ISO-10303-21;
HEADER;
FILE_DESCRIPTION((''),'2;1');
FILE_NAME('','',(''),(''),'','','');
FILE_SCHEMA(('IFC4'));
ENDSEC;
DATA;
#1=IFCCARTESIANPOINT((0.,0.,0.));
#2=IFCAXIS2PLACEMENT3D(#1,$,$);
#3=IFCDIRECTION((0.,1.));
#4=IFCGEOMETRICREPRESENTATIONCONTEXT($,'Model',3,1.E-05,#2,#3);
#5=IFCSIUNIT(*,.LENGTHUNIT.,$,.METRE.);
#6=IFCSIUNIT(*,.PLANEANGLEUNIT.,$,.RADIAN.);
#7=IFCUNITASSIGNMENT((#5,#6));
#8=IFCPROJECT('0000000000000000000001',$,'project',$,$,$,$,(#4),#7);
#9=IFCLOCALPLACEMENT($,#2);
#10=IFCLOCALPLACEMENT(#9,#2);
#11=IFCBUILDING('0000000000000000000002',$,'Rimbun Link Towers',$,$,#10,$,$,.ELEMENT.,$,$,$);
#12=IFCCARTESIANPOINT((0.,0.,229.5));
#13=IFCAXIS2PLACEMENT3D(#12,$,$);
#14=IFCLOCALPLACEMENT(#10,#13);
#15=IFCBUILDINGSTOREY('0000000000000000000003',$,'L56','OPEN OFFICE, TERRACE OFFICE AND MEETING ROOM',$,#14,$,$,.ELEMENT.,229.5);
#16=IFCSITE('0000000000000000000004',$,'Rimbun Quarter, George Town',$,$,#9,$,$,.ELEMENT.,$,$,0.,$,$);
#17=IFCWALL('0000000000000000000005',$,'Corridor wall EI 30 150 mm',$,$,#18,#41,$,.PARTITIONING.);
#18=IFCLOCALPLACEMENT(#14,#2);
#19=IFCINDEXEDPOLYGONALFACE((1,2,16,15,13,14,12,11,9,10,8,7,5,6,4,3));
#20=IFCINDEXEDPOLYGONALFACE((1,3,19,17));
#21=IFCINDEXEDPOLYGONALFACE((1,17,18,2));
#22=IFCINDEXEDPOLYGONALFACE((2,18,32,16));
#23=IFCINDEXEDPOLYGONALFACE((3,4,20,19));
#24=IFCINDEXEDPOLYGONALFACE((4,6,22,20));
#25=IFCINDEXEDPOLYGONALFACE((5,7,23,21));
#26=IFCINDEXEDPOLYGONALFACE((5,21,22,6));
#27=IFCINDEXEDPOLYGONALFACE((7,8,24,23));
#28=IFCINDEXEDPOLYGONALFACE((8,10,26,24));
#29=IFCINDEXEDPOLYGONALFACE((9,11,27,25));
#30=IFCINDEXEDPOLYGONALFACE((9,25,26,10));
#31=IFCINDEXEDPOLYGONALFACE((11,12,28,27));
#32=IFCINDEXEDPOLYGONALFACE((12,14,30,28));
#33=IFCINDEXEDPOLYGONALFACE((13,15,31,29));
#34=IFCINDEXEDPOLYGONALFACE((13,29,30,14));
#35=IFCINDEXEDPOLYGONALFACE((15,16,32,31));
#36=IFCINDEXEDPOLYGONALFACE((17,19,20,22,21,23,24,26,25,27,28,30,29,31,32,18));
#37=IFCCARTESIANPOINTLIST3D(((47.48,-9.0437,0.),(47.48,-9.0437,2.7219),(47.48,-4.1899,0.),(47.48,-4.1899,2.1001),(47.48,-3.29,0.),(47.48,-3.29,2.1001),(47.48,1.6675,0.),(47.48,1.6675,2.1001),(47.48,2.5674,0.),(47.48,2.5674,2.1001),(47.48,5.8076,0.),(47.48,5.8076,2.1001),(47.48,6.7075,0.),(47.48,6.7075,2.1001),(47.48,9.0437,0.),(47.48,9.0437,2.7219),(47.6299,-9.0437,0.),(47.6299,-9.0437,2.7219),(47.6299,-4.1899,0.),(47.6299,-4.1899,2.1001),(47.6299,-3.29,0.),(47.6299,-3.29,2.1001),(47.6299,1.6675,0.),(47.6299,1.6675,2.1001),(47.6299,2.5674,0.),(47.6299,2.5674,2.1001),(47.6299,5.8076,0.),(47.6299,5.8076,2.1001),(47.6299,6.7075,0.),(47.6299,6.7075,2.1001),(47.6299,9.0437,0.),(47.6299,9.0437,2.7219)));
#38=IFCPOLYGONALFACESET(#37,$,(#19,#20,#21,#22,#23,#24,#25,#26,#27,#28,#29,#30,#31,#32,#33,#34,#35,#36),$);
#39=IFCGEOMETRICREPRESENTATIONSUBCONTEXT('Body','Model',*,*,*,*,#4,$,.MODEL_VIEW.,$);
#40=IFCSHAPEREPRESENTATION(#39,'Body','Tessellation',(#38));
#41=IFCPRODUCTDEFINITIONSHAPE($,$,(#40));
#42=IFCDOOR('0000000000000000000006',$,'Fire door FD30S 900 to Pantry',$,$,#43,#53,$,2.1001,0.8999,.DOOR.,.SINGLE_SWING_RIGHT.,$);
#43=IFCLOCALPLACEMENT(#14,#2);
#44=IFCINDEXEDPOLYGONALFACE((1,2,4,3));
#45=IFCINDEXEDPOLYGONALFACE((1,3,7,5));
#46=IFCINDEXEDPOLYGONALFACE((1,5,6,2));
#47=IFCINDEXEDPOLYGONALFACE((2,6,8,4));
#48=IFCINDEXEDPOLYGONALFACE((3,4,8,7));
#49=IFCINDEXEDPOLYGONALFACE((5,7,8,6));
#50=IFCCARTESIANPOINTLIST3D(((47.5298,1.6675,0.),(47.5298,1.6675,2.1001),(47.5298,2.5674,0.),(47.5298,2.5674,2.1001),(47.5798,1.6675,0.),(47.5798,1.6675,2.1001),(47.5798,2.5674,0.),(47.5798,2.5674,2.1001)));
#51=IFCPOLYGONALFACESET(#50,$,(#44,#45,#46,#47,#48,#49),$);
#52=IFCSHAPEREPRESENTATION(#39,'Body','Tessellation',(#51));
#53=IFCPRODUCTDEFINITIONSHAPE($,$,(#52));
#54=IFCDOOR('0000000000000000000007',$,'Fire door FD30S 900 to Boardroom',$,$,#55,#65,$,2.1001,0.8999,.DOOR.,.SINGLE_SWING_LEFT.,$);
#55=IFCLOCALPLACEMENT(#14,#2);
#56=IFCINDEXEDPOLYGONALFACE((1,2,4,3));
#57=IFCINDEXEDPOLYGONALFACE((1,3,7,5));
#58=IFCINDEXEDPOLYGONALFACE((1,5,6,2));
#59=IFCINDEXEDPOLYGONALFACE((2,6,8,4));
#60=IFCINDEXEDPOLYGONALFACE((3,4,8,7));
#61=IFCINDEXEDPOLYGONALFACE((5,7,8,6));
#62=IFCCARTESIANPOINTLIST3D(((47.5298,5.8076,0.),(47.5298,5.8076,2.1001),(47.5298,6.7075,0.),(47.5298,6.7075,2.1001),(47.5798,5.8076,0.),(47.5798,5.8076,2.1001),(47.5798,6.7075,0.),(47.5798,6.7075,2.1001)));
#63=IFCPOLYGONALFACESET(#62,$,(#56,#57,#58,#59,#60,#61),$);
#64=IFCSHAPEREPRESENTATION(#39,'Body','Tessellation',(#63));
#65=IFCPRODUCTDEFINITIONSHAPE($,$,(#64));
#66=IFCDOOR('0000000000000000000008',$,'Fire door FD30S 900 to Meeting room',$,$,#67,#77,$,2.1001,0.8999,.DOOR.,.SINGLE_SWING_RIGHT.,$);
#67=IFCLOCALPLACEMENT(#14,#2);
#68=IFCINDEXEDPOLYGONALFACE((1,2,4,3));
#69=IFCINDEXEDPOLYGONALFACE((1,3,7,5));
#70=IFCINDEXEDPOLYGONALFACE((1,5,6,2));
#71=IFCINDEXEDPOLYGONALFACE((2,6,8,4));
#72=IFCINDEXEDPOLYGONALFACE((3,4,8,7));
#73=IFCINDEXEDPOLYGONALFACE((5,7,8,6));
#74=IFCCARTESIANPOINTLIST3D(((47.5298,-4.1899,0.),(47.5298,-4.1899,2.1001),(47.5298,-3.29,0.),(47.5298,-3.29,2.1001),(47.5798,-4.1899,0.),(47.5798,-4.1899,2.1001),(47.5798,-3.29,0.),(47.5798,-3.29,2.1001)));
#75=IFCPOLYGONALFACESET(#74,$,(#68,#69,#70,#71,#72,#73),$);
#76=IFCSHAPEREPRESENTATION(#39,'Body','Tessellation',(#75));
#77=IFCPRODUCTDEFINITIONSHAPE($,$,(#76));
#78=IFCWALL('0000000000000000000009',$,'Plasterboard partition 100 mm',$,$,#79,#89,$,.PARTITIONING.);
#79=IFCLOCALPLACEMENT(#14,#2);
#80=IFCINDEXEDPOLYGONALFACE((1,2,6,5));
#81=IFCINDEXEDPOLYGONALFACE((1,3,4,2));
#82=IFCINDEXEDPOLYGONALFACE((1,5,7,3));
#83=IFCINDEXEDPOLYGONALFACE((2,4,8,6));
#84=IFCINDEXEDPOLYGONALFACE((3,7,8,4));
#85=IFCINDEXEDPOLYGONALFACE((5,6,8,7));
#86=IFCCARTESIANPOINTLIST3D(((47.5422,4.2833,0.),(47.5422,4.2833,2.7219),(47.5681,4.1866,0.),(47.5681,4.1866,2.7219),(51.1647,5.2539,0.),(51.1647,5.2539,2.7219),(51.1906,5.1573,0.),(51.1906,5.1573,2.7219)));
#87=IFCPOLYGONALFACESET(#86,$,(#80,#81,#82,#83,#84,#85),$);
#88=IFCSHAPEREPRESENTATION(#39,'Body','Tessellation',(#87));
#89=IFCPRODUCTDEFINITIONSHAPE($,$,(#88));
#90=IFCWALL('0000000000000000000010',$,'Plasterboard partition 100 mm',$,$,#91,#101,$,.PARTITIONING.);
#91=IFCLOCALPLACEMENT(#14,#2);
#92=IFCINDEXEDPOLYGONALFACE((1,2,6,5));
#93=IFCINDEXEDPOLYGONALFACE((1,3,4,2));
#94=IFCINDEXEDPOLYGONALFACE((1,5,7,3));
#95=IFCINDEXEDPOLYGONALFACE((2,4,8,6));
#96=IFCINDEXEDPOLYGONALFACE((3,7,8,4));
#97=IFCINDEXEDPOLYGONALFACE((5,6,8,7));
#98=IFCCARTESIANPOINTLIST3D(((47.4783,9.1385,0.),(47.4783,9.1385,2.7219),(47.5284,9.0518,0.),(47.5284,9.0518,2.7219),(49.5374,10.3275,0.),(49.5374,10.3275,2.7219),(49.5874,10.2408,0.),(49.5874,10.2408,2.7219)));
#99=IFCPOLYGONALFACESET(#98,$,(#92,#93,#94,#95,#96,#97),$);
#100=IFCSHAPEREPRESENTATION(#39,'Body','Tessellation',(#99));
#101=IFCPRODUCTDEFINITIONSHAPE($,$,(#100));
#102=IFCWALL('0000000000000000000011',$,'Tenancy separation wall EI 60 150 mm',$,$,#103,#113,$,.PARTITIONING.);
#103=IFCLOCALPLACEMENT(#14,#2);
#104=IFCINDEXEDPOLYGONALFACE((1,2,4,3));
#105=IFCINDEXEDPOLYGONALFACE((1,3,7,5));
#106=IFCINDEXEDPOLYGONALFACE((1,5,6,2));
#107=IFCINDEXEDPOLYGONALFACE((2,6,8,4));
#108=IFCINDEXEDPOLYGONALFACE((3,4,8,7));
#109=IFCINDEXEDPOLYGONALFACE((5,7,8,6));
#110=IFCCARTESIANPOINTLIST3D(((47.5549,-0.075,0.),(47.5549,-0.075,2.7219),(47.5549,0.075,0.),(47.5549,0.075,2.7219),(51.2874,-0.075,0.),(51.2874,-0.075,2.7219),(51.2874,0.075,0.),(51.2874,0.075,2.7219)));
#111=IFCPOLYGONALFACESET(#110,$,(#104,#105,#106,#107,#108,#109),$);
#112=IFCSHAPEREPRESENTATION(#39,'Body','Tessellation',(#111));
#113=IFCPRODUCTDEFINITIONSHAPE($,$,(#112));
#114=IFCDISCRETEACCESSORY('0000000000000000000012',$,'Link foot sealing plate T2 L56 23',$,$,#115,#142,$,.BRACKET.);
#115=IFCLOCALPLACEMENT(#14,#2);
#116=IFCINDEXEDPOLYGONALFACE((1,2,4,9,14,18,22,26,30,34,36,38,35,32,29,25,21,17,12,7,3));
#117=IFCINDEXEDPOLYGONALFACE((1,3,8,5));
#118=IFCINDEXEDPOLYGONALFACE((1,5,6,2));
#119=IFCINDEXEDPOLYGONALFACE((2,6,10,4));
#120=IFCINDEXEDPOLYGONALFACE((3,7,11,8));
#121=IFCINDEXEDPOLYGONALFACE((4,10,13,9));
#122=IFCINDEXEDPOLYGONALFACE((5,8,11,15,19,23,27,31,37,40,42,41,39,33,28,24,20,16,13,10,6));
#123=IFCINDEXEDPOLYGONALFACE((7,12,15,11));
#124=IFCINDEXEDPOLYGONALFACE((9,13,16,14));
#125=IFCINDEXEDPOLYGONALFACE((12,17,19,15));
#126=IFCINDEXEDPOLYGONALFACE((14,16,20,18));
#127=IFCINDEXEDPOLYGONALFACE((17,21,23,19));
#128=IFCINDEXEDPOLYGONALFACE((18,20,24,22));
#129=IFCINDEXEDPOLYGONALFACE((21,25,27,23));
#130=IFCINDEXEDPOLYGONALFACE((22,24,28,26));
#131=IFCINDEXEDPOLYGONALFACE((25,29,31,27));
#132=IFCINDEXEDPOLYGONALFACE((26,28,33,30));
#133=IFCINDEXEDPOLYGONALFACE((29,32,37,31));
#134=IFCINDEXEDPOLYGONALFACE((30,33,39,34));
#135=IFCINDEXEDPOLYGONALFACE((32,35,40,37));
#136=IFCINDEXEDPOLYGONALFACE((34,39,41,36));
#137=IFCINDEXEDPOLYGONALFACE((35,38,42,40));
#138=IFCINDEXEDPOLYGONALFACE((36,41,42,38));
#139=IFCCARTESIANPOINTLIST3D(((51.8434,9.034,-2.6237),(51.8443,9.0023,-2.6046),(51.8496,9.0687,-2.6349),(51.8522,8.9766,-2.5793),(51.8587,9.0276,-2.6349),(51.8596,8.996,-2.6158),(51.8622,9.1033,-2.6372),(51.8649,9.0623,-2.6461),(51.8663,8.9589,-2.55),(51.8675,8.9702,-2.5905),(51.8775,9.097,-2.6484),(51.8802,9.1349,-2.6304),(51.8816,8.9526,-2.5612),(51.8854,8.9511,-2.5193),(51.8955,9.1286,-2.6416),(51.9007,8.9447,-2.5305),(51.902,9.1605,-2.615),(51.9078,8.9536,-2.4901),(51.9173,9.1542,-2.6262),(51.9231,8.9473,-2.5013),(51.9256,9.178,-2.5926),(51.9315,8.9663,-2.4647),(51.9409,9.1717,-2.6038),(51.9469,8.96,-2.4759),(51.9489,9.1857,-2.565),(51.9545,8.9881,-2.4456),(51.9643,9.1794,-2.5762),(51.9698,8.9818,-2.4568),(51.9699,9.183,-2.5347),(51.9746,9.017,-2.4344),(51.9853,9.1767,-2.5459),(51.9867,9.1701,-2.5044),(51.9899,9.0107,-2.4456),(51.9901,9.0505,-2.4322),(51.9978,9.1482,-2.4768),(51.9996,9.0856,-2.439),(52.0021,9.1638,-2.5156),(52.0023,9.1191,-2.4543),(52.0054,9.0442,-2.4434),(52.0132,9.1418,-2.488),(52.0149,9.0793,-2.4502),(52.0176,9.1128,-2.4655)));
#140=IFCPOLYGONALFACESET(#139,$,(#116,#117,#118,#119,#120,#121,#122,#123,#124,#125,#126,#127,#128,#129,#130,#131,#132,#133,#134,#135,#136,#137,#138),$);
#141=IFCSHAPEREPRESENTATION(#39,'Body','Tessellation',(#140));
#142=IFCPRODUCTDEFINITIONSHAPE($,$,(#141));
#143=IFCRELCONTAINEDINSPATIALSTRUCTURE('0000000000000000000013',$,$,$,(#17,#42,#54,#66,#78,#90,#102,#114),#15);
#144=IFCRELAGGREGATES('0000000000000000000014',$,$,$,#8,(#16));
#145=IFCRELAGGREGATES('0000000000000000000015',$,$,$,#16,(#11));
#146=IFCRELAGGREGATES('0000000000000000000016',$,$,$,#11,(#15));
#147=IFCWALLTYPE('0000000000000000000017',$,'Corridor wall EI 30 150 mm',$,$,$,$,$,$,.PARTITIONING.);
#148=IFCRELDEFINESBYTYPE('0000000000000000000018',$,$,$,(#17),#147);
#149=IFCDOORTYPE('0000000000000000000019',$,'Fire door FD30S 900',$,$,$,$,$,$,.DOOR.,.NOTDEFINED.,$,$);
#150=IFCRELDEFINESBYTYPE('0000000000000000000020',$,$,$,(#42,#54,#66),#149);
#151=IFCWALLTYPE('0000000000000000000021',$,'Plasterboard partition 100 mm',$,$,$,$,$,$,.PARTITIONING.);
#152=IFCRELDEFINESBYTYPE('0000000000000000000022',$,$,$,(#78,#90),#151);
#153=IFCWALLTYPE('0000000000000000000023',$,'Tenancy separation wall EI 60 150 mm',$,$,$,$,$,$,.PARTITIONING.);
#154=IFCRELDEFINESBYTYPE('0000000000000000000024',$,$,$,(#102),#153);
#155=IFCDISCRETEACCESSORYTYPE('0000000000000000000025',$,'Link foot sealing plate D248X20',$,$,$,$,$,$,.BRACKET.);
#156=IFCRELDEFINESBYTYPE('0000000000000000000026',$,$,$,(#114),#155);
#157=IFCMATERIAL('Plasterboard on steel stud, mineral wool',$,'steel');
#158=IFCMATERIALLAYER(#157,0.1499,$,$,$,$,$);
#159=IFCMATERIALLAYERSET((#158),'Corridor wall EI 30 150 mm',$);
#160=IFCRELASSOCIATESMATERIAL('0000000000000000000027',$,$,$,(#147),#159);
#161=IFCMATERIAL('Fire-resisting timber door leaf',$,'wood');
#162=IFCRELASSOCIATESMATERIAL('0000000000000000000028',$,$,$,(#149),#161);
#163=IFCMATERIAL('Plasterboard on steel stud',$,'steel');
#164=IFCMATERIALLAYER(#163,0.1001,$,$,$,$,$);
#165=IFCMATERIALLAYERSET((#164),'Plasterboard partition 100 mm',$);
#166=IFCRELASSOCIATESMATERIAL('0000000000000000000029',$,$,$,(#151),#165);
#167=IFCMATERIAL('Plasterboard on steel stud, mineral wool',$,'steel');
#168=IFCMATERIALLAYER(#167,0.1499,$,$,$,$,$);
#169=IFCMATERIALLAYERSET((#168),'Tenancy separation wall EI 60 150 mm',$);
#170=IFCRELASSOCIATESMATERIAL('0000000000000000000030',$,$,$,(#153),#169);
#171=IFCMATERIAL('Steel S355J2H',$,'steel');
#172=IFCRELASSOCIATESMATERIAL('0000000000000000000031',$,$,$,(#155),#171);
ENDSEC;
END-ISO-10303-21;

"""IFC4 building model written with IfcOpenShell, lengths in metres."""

from ifc_helpers import new_model, si_unit, direction, frame, frame_2d, origin, origin_2d, place, context, subcontext, project, spatial, rectangle, circle, extrude, material, layer, layer_set, material_profile, profile_set, type_object, element, fill, save


model = new_model("IFC4")

# Units and contexts
model_context = context("Model", 3, precision=1e-05, world=origin(), true_north=direction((0.0, 1.0)))
body_context = subcontext(model_context, "Body", "Model", "MODEL_VIEW")
ifc_project = project(units=[si_unit("LENGTHUNIT", "METRE"), si_unit("PLANEANGLEUNIT", "RADIAN")], contexts=[model_context])

# Site, building, storey
site_placement = place(None, origin())
site = spatial("IfcSite", under=ifc_project, at=site_placement, Name="Rimbun Quarter, George Town", CompositionType="ELEMENT", RefElevation=0.0)
building_placement = place(site_placement, origin())
building = spatial("IfcBuilding", under=site, at=building_placement, Name="Rimbun Link Towers", CompositionType="ELEMENT")
storey_placement = place(building_placement, frame((0.0, 0.0, 229.5)))
storey = spatial("IfcBuildingStorey", under=building, at=storey_placement, Name="L56", Description="OPEN OFFICE, TERRACE OFFICE AND MEETING ROOM", CompositionType="ELEMENT", Elevation=229.5)

# Shared definitions
ifc_material_1 = material(Name="Plasterboard on steel stud, mineral wool", Category="steel")
ifc_layer_1 = layer(ifc_material_1, 0.1499)
ifc_layer_set_1 = layer_set([ifc_layer_1], Name="Corridor wall EI 30 150 mm")
wall_type_1 = type_object("IfcWallType", Name="Corridor wall EI 30 150 mm", PredefinedType="PARTITIONING", material=ifc_layer_set_1)

# Wall, openings, doors
wall_1_placement = place(storey_placement, frame((47.5549, 9.0437, 0.0), z_axis=(0.0, 0.0, 1.0), x_axis=(0.0, -1.0, 0.0)))
wall_1 = element("IfcWall", 1, at=wall_1_placement, inside=storey, type_object=wall_type_1, Name="Corridor wall EI 30 150 mm", PredefinedType="PARTITIONING", context=body_context, shape_type="SweptSolid", body=[
    extrude(rectangle(XDim=18.0874, YDim=0.1499, at=frame_2d((9.0437, 0.0))), origin(), (0.0, 0.0, 1.0), 2.7219),
])
opening_1_placement = place(wall_1_placement, frame((6.4763, 0.0, 0.0)))
opening_1 = element("IfcOpeningElement", 2, at=opening_1_placement, cuts=wall_1, PredefinedType="OPENING", context=body_context, shape_type="SweptSolid", body=[
    extrude(rectangle(XDim=0.8999, YDim=2.1001, at=frame_2d((0.45, 1.05))), frame((0.0, 0.085, 0.0), z_axis=(0.0, -1.0, 0.0), x_axis=(1.0, 0.0, 0.0)), (0.0, 0.0, 1.0), 0.1699),
])
opening_2_placement = place(wall_1_placement, frame((2.3362, 0.0, 0.0)))
opening_2 = element("IfcOpeningElement", 3, at=opening_2_placement, cuts=wall_1, PredefinedType="OPENING", context=body_context, shape_type="SweptSolid", body=[
    extrude(rectangle(XDim=0.8999, YDim=2.1001, at=frame_2d((0.45, 1.05))), frame((0.0, 0.085, 0.0), z_axis=(0.0, -1.0, 0.0), x_axis=(1.0, 0.0, 0.0)), (0.0, 0.0, 1.0), 0.1699),
])
opening_3_placement = place(wall_1_placement, frame((12.3337, 0.0, 0.0)))
opening_3 = element("IfcOpeningElement", 4, at=opening_3_placement, cuts=wall_1, PredefinedType="OPENING", context=body_context, shape_type="SweptSolid", body=[
    extrude(rectangle(XDim=0.8999, YDim=2.1001, at=frame_2d((0.45, 1.05))), frame((0.0, 0.085, 0.0), z_axis=(0.0, -1.0, 0.0), x_axis=(1.0, 0.0, 0.0)), (0.0, 0.0, 1.0), 0.1699),
])
ifc_material_2 = material(Name="Fire-resisting timber door leaf", Category="wood")
door_type = type_object("IfcDoorType", Name="Fire door FD30S 900", OperationType="NOTDEFINED", PredefinedType="DOOR", material=ifc_material_2)
door_1_placement = place(opening_1_placement, origin())
door_1 = element("IfcDoor", 5, at=door_1_placement, inside=storey, type_object=door_type, Name="Fire door FD30S 900 to Pantry", OperationType="SINGLE_SWING_RIGHT", OverallHeight=2.1001, OverallWidth=0.8999, PredefinedType="DOOR", context=body_context, shape_type="SweptSolid", body=[
    extrude(rectangle(XDim=0.8999, YDim=2.1001, at=frame_2d((0.45, 1.05))), frame((0.0, 0.0249, 0.0), z_axis=(0.0, -1.0, 0.0), x_axis=(1.0, 0.0, 0.0)), (0.0, 0.0, 1.0), 0.05),
])
fill(opening_1, door_1)
door_2_placement = place(opening_2_placement, origin())
door_2 = element("IfcDoor", 6, at=door_2_placement, inside=storey, type_object=door_type, Name="Fire door FD30S 900 to Boardroom", OperationType="SINGLE_SWING_LEFT", OverallHeight=2.1001, OverallWidth=0.8999, PredefinedType="DOOR", context=body_context, shape_type="SweptSolid", body=[
    extrude(rectangle(XDim=0.8999, YDim=2.1001, at=frame_2d((0.45, 1.05))), frame((0.0, 0.0249, 0.0), z_axis=(0.0, -1.0, 0.0), x_axis=(1.0, 0.0, 0.0)), (0.0, 0.0, 1.0), 0.05),
])
fill(opening_2, door_2)
door_3_placement = place(opening_3_placement, origin())
door_3 = element("IfcDoor", 7, at=door_3_placement, inside=storey, type_object=door_type, Name="Fire door FD30S 900 to Meeting room", OperationType="SINGLE_SWING_RIGHT", OverallHeight=2.1001, OverallWidth=0.8999, PredefinedType="DOOR", context=body_context, shape_type="SweptSolid", body=[
    extrude(rectangle(XDim=0.8999, YDim=2.1001, at=frame_2d((0.45, 1.05))), frame((0.0, 0.0249, 0.0), z_axis=(0.0, -1.0, 0.0), x_axis=(1.0, 0.0, 0.0)), (0.0, 0.0, 1.0), 0.05),
])
fill(opening_3, door_3)

# Walls
ifc_material_3 = material(Name="Plasterboard on steel stud", Category="steel")
ifc_layer_2 = layer(ifc_material_3, 0.1001)
ifc_layer_set_2 = layer_set([ifc_layer_2], Name="Plasterboard partition 100 mm")
wall_type_2 = type_object("IfcWallType", Name="Plasterboard partition 100 mm", PredefinedType="PARTITIONING", material=ifc_layer_set_2)
wall_2_placement = place(storey_placement, frame((51.1775, 5.2056, 0.0), z_axis=(0.0, 0.0, 1.0), x_axis=(-0.965923, -0.258829, 0.0)))
element("IfcWall", 8, at=wall_2_placement, inside=storey, type_object=wall_type_2, Name="Plasterboard partition 100 mm", PredefinedType="PARTITIONING", context=body_context, shape_type="SweptSolid", body=[
    extrude(rectangle(XDim=3.7502, YDim=0.1001, at=frame_2d((1.875, 0.0))), origin(), (0.0, 0.0, 1.0), 2.7219),
])
wall_3_placement = place(storey_placement, frame((49.5625, 10.2842, 0.0), z_axis=(0.0, 0.0, 1.0), x_axis=(-0.865997, -0.500048, 0.0)))
element("IfcWall", 9, at=wall_3_placement, inside=storey, type_object=wall_type_2, Name="Plasterboard partition 100 mm", PredefinedType="PARTITIONING", context=body_context, shape_type="SweptSolid", body=[
    extrude(rectangle(XDim=2.3777, YDim=0.1001, at=frame_2d((1.189, 0.0))), origin(), (0.0, 0.0, 1.0), 2.7219),
])
ifc_material_4 = material(Name="Plasterboard on steel stud, mineral wool", Category="steel")
ifc_layer_3 = layer(ifc_material_4, 0.1499)
ifc_layer_set_3 = layer_set([ifc_layer_3], Name="Tenancy separation wall EI 60 150 mm")
wall_type_3 = type_object("IfcWallType", Name="Tenancy separation wall EI 60 150 mm", PredefinedType="PARTITIONING", material=ifc_layer_set_3)
wall_4_placement = place(storey_placement, frame((47.5549, 0.0, 0.0), z_axis=(0.0, 0.0, 1.0), x_axis=(1.0, 0.0, 0.0)))
element("IfcWall", 10, at=wall_4_placement, inside=storey, type_object=wall_type_3, Name="Tenancy separation wall EI 60 150 mm", PredefinedType="PARTITIONING", context=body_context, shape_type="SweptSolid", body=[
    extrude(rectangle(XDim=3.7324, YDim=0.1499, at=frame_2d((1.8662, 0.0))), origin(), (0.0, 0.0, 1.0), 2.7219),
])

# Discrete accessory
ifc_material_5 = material(Name="Steel S355J2H", Category="steel")
ifc_material_profile_1 = material_profile(ifc_material_5, circle(Radius=0.124, at=origin_2d()), Name="PL D248")
ifc_profile_set_1 = profile_set([ifc_material_profile_1], Name="Steel S355J2H")
discrete_accessory_type = type_object("IfcDiscreteAccessoryType", Name="Link foot sealing plate D248X20", PredefinedType="BRACKET", material=ifc_profile_set_1)
discrete_accessory_placement = place(storey_placement, frame((51.9226, 9.0684, -2.5347), z_axis=(0.766188, -0.316204, -0.559439), x_axis=(0.381488, 0.924374, 0.0)))
element("IfcDiscreteAccessory", 11, at=discrete_accessory_placement, inside=storey, type_object=discrete_accessory_type, Name="Link foot sealing plate T2 L56 23", PredefinedType="BRACKET", context=body_context, shape_type="SweptSolid", body=[
    extrude(circle(Radius=0.124, at=origin_2d()), origin(), (0.0, 0.0, 1.0), 0.02),
])

save(model, "model.ifc")
